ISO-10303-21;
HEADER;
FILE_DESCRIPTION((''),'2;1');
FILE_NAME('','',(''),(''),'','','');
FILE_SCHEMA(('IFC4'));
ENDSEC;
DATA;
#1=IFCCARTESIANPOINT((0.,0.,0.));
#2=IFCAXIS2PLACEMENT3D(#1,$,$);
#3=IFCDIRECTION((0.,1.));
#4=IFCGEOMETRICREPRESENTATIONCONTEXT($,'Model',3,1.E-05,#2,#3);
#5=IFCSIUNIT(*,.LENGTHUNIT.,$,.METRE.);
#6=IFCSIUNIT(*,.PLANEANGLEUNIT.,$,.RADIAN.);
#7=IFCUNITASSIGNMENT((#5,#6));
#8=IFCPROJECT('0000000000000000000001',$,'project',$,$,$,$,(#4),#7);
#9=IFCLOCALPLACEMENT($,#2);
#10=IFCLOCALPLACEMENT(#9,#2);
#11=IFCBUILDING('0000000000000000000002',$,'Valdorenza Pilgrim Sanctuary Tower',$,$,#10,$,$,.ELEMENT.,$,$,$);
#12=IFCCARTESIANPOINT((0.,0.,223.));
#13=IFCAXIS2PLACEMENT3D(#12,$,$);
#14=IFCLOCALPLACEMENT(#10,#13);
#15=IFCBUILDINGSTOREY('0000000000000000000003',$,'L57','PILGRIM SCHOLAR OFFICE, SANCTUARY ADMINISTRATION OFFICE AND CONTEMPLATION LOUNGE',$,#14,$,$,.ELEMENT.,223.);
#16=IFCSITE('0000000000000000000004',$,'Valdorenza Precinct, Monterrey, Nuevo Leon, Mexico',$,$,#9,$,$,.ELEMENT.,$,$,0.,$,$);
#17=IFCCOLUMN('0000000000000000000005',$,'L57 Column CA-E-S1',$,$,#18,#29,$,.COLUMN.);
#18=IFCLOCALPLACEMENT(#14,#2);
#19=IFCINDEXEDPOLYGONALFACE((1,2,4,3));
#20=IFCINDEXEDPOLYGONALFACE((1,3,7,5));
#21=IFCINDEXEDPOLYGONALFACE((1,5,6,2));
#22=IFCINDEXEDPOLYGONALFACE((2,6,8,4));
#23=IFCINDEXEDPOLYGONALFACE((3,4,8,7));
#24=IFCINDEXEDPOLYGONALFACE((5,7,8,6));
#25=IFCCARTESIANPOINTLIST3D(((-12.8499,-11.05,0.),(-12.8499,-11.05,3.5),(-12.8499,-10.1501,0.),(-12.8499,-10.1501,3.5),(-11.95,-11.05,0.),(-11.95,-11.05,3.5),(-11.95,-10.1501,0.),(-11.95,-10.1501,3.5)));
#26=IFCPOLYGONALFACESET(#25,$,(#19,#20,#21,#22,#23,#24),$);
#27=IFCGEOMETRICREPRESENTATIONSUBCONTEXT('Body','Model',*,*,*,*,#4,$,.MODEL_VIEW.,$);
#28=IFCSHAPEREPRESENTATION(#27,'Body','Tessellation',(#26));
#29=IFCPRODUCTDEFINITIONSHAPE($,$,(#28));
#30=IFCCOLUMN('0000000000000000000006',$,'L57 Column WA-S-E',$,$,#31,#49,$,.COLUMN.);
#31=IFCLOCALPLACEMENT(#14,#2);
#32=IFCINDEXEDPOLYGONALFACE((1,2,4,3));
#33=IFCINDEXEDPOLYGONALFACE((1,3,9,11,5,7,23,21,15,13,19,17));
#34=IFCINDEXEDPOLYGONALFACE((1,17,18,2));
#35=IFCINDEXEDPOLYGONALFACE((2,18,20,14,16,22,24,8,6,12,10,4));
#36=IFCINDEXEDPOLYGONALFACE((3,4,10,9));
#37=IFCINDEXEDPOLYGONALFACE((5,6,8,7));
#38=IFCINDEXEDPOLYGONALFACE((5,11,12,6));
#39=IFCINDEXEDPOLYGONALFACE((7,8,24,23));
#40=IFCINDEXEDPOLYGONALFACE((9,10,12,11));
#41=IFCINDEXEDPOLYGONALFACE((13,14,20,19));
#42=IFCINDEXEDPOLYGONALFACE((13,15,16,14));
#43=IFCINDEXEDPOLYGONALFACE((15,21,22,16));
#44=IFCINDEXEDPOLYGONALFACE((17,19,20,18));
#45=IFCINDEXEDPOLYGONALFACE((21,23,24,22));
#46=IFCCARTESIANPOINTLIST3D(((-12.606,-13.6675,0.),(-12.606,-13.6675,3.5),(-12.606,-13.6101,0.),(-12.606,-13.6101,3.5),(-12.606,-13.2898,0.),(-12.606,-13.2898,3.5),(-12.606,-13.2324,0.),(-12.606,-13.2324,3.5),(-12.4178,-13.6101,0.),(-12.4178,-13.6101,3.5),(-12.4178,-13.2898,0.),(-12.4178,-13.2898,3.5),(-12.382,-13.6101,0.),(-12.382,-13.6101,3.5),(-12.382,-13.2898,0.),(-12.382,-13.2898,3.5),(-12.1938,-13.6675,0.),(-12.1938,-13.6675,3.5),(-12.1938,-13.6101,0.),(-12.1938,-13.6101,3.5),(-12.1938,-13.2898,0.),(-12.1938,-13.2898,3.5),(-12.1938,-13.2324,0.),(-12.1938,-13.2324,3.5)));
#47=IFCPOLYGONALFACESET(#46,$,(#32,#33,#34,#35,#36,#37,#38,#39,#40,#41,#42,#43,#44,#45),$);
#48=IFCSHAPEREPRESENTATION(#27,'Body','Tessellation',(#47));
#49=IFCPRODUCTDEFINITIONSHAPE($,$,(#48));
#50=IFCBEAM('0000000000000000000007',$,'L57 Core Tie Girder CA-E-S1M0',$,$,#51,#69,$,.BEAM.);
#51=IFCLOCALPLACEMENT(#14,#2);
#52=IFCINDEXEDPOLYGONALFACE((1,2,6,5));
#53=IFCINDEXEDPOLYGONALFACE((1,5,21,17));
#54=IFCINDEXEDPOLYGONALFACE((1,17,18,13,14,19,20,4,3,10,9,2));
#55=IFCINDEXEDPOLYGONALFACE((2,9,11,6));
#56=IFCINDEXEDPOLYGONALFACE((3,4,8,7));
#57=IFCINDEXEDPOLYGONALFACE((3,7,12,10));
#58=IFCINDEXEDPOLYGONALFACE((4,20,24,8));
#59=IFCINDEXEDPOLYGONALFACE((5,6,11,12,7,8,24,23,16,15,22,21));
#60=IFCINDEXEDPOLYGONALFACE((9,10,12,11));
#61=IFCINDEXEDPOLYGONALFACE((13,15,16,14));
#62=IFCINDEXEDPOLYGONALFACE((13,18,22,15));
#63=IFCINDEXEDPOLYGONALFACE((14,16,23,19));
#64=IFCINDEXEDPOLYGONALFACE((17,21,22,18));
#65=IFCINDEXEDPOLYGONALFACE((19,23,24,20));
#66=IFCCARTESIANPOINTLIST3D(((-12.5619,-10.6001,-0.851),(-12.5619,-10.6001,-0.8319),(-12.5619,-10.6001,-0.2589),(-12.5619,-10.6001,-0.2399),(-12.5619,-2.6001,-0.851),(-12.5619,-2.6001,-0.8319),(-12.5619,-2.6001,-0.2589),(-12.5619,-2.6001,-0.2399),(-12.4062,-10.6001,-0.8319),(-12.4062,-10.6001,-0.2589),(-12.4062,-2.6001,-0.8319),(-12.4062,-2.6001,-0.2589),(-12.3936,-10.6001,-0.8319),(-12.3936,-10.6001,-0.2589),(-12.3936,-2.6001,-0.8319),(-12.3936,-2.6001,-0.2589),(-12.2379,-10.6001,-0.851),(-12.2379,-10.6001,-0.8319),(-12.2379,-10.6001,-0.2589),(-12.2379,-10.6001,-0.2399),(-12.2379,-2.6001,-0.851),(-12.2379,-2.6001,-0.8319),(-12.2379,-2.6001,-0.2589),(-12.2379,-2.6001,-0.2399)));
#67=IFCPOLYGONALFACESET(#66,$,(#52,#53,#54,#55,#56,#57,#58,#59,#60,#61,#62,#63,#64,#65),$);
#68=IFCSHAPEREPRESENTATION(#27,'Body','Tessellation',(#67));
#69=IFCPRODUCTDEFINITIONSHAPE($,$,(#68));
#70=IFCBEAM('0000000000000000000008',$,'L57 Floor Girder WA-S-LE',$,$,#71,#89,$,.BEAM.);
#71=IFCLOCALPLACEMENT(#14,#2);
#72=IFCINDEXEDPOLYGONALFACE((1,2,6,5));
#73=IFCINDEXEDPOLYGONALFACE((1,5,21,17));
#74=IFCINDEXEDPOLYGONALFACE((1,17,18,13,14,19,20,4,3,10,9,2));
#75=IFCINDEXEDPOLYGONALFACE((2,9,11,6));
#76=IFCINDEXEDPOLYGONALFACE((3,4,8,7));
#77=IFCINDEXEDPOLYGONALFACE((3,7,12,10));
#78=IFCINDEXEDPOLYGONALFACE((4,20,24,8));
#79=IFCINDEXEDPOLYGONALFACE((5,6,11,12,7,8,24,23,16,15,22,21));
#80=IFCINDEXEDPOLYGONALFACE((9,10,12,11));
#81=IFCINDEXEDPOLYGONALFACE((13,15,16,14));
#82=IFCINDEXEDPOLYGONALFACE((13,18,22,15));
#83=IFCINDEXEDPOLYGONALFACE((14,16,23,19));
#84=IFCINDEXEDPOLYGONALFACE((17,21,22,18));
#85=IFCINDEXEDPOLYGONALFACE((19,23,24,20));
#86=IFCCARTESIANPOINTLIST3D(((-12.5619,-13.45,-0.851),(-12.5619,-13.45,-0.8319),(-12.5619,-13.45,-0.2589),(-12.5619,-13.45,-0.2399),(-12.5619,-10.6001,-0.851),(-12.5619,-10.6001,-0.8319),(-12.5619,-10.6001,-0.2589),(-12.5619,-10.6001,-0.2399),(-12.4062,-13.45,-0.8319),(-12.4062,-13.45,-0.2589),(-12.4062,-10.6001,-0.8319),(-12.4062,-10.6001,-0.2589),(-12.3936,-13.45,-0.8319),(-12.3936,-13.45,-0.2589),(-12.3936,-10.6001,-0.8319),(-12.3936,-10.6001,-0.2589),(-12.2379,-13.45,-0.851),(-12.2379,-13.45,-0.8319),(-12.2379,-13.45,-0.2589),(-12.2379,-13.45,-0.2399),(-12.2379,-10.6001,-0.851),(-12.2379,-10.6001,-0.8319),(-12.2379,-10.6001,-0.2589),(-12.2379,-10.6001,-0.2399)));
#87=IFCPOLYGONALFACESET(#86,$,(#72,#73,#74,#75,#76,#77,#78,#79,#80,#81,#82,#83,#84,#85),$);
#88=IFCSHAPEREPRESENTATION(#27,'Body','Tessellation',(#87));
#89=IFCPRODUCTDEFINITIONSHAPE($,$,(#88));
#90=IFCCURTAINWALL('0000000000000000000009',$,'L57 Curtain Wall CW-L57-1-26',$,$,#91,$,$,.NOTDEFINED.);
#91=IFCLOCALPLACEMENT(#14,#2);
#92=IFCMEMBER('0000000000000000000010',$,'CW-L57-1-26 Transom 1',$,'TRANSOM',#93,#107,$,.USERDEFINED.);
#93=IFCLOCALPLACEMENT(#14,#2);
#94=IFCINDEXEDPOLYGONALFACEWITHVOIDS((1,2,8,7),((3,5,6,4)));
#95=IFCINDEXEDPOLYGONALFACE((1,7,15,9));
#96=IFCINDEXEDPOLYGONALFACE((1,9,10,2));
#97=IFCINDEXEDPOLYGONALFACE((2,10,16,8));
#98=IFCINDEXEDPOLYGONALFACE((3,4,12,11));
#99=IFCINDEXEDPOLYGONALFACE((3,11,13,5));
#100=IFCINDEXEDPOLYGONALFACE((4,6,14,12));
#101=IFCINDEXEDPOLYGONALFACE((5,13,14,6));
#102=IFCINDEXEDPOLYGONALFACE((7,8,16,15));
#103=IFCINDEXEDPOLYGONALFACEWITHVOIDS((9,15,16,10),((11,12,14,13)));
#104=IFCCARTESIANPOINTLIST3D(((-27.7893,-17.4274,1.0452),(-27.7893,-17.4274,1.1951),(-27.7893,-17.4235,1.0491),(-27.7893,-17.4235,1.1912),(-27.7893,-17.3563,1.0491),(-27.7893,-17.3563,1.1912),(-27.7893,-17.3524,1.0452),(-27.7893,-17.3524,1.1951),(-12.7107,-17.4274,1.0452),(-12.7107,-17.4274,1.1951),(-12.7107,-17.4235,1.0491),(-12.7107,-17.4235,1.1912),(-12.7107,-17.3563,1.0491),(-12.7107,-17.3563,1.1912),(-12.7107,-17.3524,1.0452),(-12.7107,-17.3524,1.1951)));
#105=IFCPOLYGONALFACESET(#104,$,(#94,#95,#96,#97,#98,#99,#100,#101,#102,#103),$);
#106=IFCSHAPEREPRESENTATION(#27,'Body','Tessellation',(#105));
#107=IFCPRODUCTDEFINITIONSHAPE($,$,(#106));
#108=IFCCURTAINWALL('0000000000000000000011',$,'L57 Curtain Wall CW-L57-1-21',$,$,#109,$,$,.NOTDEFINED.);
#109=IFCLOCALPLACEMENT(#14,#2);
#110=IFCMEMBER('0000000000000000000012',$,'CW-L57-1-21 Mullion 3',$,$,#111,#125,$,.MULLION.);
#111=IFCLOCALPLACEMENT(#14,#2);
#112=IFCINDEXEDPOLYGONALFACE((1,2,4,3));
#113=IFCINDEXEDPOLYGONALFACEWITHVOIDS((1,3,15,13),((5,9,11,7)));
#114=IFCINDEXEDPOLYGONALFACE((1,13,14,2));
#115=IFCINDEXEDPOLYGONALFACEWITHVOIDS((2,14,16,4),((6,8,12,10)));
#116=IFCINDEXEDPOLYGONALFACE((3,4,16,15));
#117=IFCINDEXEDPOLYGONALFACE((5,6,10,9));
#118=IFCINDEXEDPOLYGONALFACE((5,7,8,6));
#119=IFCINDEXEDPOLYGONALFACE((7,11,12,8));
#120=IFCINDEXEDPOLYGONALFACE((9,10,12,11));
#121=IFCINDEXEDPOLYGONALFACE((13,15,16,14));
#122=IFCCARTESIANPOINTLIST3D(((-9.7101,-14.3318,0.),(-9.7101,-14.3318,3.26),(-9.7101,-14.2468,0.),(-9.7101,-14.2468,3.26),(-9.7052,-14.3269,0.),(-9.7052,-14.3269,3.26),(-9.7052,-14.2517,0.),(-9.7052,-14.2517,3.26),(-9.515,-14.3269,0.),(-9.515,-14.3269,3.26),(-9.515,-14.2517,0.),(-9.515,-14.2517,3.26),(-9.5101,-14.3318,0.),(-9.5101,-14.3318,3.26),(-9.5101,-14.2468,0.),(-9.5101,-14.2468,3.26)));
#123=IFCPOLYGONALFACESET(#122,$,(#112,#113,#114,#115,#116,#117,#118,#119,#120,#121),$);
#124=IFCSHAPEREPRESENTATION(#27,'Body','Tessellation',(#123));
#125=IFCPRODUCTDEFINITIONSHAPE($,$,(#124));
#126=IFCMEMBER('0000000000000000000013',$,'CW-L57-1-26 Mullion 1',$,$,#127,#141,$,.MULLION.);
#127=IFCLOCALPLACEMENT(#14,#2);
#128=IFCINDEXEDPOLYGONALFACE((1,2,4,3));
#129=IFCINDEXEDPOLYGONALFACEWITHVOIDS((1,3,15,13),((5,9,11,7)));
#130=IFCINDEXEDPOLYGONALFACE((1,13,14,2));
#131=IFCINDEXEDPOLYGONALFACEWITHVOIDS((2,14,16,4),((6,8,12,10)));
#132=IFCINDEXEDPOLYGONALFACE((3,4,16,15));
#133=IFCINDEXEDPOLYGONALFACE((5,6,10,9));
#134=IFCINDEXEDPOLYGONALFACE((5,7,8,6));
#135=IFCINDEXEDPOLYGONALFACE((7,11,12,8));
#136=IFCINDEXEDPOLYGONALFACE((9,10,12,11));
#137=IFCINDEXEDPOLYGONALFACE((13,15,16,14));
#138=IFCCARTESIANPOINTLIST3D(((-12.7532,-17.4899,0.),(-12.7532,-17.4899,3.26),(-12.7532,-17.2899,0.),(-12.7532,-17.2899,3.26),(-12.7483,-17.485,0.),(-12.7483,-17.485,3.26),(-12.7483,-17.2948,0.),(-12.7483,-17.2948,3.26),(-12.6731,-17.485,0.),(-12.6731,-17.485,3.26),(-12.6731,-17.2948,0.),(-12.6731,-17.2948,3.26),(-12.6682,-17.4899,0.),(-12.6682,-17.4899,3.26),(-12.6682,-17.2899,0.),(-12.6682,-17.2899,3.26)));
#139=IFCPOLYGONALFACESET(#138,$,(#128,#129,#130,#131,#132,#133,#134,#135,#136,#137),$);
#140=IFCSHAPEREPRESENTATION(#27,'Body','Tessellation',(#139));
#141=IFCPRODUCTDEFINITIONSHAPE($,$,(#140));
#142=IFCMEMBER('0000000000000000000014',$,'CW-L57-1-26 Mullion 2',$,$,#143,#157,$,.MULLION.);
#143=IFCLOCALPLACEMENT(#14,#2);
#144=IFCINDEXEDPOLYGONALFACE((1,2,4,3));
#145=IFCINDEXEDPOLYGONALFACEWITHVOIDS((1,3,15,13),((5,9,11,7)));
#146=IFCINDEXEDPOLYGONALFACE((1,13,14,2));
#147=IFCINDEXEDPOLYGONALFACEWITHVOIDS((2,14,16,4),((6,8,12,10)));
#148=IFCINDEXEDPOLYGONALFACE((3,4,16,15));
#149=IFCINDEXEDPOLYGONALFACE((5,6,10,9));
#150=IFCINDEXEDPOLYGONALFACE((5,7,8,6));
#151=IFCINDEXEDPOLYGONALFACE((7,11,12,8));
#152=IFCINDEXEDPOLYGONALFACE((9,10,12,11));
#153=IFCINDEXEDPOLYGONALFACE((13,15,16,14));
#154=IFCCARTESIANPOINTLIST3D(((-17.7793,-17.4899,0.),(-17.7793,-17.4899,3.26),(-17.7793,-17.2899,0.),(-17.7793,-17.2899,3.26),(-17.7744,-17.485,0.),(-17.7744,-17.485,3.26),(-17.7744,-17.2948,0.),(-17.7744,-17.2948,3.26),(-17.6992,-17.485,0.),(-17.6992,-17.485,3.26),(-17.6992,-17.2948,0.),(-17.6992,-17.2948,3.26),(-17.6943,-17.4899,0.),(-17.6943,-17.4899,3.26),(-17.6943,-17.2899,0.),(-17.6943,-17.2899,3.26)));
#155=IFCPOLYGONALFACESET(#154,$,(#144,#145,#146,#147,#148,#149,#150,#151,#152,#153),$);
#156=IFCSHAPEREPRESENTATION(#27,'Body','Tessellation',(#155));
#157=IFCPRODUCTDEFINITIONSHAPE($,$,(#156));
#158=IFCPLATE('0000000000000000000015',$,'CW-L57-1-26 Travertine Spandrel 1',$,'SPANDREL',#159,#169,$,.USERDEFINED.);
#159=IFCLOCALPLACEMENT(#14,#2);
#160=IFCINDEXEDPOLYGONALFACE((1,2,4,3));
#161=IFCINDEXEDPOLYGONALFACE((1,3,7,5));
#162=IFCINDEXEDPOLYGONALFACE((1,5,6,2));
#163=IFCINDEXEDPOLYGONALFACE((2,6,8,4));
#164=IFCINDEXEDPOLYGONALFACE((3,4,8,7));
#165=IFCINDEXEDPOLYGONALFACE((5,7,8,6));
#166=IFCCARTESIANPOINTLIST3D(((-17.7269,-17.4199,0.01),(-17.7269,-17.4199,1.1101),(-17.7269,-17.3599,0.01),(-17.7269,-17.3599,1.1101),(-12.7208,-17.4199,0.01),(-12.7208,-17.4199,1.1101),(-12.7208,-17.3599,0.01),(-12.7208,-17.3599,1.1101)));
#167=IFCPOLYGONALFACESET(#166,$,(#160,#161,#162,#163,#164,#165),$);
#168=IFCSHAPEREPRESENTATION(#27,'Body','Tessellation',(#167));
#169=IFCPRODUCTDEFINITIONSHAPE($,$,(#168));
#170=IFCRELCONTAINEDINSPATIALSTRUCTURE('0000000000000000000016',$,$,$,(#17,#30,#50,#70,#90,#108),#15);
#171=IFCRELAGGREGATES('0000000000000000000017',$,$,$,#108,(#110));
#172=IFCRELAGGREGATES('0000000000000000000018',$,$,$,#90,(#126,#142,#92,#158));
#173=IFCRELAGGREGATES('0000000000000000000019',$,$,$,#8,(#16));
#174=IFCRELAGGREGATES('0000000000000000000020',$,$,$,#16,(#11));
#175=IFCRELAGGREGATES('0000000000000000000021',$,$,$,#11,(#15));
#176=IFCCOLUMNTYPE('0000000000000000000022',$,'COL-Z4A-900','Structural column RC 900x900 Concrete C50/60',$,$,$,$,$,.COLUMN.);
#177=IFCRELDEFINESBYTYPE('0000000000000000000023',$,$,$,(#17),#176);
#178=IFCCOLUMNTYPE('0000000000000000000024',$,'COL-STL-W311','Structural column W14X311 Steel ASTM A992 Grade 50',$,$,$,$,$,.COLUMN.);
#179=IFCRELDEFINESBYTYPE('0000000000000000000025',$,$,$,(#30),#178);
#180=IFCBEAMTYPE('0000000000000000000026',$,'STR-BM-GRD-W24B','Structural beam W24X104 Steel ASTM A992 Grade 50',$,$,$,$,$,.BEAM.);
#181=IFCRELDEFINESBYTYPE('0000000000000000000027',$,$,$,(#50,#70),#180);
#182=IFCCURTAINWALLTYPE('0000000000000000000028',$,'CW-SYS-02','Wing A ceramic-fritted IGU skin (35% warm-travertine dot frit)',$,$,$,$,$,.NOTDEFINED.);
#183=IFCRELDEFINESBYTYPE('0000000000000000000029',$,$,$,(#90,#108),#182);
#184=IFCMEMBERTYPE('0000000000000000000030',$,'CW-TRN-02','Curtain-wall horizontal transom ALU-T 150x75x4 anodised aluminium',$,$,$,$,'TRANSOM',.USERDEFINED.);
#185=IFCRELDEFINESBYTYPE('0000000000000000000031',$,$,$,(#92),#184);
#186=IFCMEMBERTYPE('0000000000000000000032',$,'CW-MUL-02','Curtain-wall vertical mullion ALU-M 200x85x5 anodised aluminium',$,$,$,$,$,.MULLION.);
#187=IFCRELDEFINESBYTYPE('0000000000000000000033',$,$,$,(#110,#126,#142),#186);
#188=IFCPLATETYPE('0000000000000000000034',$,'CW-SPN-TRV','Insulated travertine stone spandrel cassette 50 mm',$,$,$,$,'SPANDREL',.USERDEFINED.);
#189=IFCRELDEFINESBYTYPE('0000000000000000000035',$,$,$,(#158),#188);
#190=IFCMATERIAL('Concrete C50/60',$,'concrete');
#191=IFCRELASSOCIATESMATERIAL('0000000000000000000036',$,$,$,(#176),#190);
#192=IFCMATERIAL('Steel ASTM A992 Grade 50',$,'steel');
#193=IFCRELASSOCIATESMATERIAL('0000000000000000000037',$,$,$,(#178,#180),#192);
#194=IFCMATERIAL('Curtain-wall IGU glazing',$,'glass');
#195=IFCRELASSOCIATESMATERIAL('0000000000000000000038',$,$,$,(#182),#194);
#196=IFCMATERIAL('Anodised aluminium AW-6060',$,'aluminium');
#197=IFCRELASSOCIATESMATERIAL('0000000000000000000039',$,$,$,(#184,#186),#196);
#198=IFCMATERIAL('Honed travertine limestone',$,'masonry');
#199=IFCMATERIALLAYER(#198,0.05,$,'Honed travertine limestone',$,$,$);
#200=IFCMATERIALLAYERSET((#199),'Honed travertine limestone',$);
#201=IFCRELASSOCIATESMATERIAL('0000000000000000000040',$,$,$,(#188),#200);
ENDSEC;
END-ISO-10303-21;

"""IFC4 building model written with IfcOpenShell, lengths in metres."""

from ifc_helpers import new_model, si_unit, direction, frame, origin, origin_2d, place, context, subcontext, project, spatial, rectangle, hollow_rectangle, i_section, extrude, source, transform, mapped, material, layer, layer_set, material_profile, profile_set, type_object, element, aggregate, save


model = new_model("IFC4")

# Units and contexts
model_context = context("Model", 3, precision=1e-05, world=origin(), true_north=direction((0.0, 1.0)))
body_context = subcontext(model_context, "Body", "Model", "MODEL_VIEW")
ifc_project = project(units=[si_unit("LENGTHUNIT", "METRE"), si_unit("PLANEANGLEUNIT", "RADIAN")], contexts=[model_context])

# Site, building, storey
site_placement = place(None, origin())
site = spatial("IfcSite", under=ifc_project, at=site_placement, Name="Valdorenza Precinct, Monterrey, Nuevo Leon, Mexico", CompositionType="ELEMENT", RefElevation=0.0)
building_placement = place(site_placement, origin())
building = spatial("IfcBuilding", under=site, at=building_placement, Name="Valdorenza Pilgrim Sanctuary Tower", CompositionType="ELEMENT")
storey_placement = place(building_placement, frame((0.0, 0.0, 223.0)))
storey = spatial("IfcBuildingStorey", under=building, at=storey_placement, Name="L57", Description="PILGRIM SCHOLAR OFFICE, SANCTUARY ADMINISTRATION OFFICE AND CONTEMPLATION LOUNGE", CompositionType="ELEMENT", Elevation=223.0)

# Columns
ifc_material_1 = material(Name="Concrete C50/60", Category="concrete")
ifc_material_profile_1 = material_profile(ifc_material_1, rectangle(XDim=0.8999, YDim=0.8999, at=origin_2d()), Name="RC 900x900")
ifc_profile_set_1 = profile_set([ifc_material_profile_1], Name="Concrete C50/60")
column_type_1 = type_object("IfcColumnType", Name="COL-Z4A-900", Description="Structural column RC 900x900 Concrete C50/60", PredefinedType="COLUMN", material=ifc_profile_set_1)
shared_shape_1 = source(origin(), body_context, "Body", "SweptSolid", [
    extrude(rectangle(XDim=0.8999, YDim=0.8999, at=origin_2d()), origin(), (0.0, 0.0, 1.0), 3.5),
])
column_1_placement = place(storey_placement, frame((-12.3999, -10.6001, 0.0), z_axis=(0.0, 0.0, 1.0), x_axis=(1.0, 0.0, 0.0)))
element("IfcColumn", 1, at=column_1_placement, inside=storey, type_object=column_type_1, Name="L57 Column CA-E-S1", PredefinedType="COLUMN", context=body_context, shape_type="MappedRepresentation", body=[
    mapped(shared_shape_1, transform((0.0, 0.0, 0.0), x_axis=(1.0, 0.0, 0.0), y_axis=(0.0, 1.0, 0.0), z_axis=(0.0, 0.0, 1.0), scale=1.0)),
])
ifc_material_2 = material(Name="Steel ASTM A992 Grade 50", Category="steel")
ifc_material_profile_2 = material_profile(ifc_material_2, i_section(OverallWidth=0.4121, OverallDepth=0.4351, WebThickness=0.0359, FlangeThickness=0.0574, at=origin_2d()), Name="W14X311")
ifc_profile_set_2 = profile_set([ifc_material_profile_2], Name="Steel ASTM A992 Grade 50")
column_type_2 = type_object("IfcColumnType", Name="COL-STL-W311", Description="Structural column W14X311 Steel ASTM A992 Grade 50", PredefinedType="COLUMN", material=ifc_profile_set_2)
shared_shape_2 = source(origin(), body_context, "Body", "SweptSolid", [
    extrude(i_section(OverallWidth=0.4121, OverallDepth=0.4351, WebThickness=0.0359, FlangeThickness=0.0574, at=origin_2d()), origin(), (0.0, 0.0, 1.0), 3.5),
])
column_2_placement = place(storey_placement, frame((-12.3999, -13.45, 0.0), z_axis=(0.0, 0.0, 1.0), x_axis=(1.0, 0.0, 0.0)))
element("IfcColumn", 2, at=column_2_placement, inside=storey, type_object=column_type_2, Name="L57 Column WA-S-E", PredefinedType="COLUMN", context=body_context, shape_type="MappedRepresentation", body=[
    mapped(shared_shape_2, transform((0.0, 0.0, 0.0), x_axis=(1.0, 0.0, 0.0), y_axis=(0.0, 1.0, 0.0), z_axis=(0.0, 0.0, 1.0), scale=1.0)),
])

# Beams
ifc_material_profile_3 = material_profile(ifc_material_2, i_section(OverallWidth=0.324, OverallDepth=0.6111, WebThickness=0.0127, FlangeThickness=0.019, at=origin_2d()), Name="W24X104")
ifc_profile_set_3 = profile_set([ifc_material_profile_3], Name="Steel ASTM A992 Grade 50")
beam_type = type_object("IfcBeamType", Name="STR-BM-GRD-W24B", Description="Structural beam W24X104 Steel ASTM A992 Grade 50", PredefinedType="BEAM", material=ifc_profile_set_3)
shared_shape_3 = source(origin(), body_context, "Body", "SweptSolid", [
    extrude(i_section(OverallWidth=0.324, OverallDepth=0.6111, WebThickness=0.0127, FlangeThickness=0.019, at=origin_2d()), origin(), (0.0, 0.0, 1.0), 8.0),
])
beam_1_placement = place(storey_placement, frame((-12.3999, -10.6001, -0.5454), z_axis=(0.0, 1.0, 0.0), x_axis=(-1.0, 0.0, 0.0)))
element("IfcBeam", 3, at=beam_1_placement, inside=storey, type_object=beam_type, Name="L57 Core Tie Girder CA-E-S1M0", PredefinedType="BEAM", context=body_context, shape_type="MappedRepresentation", body=[
    mapped(shared_shape_3, transform((0.0, 0.0, 0.0), x_axis=(1.0, 0.0, 0.0), y_axis=(0.0, 1.0, 0.0), z_axis=(0.0, 0.0, 1.0), scale=1.0)),
])
shared_shape_4 = source(origin(), body_context, "Body", "SweptSolid", [
    extrude(i_section(OverallWidth=0.324, OverallDepth=0.6111, WebThickness=0.0127, FlangeThickness=0.019, at=origin_2d()), origin(), (0.0, 0.0, 1.0), 2.8499),
])
beam_2_placement = place(storey_placement, frame((-12.3999, -13.45, -0.5454), z_axis=(0.0, 1.0, 0.0), x_axis=(-1.0, 0.0, 0.0)))
element("IfcBeam", 4, at=beam_2_placement, inside=storey, type_object=beam_type, Name="L57 Floor Girder WA-S-LE", PredefinedType="BEAM", context=body_context, shape_type="MappedRepresentation", body=[
    mapped(shared_shape_4, transform((0.0, 0.0, 0.0), x_axis=(1.0, 0.0, 0.0), y_axis=(0.0, 1.0, 0.0), z_axis=(0.0, 0.0, 1.0), scale=1.0)),
])

# Curtain walls, members
ifc_material_3 = material(Name="Curtain-wall IGU glazing", Category="glass")
curtain_wall_type = type_object("IfcCurtainWallType", Name="CW-SYS-02", Description="Wing A ceramic-fritted IGU skin (35% warm-travertine dot frit)", PredefinedType="NOTDEFINED", material=ifc_material_3)
curtain_wall_1_placement = place(storey_placement, origin())
curtain_wall_1 = element("IfcCurtainWall", 5, at=curtain_wall_1_placement, inside=storey, type_object=curtain_wall_type, Name="L57 Curtain Wall CW-L57-1-26", PredefinedType="NOTDEFINED")
ifc_material_4 = material(Name="Anodised aluminium AW-6060", Category="aluminium")
ifc_material_profile_4 = material_profile(ifc_material_4, hollow_rectangle(XDim=0.075, YDim=0.1499, WallThickness=0.0039, at=origin_2d()), Name="ALU-T 150x75x4")
ifc_profile_set_4 = profile_set([ifc_material_profile_4], Name="Anodised aluminium AW-6060")
member_type_1 = type_object("IfcMemberType", Name="CW-TRN-02", Description="Curtain-wall horizontal transom ALU-T 150x75x4 anodised aluminium", ElementType="TRANSOM", PredefinedType="USERDEFINED", material=ifc_profile_set_4)
shared_shape_5 = source(origin(), body_context, "Body", "SweptSolid", [
    extrude(hollow_rectangle(XDim=0.075, YDim=0.1499, WallThickness=0.0039, at=origin_2d()), origin(), (0.0, 0.0, 1.0), 15.0786),
])
member_1_placement = place(storey_placement, frame((-12.7107, -17.3899, 1.1201), z_axis=(-1.0, 0.0, 0.0), x_axis=(0.0, -1.0, 0.0)))
member_1 = element("IfcMember", 6, at=member_1_placement, type_object=member_type_1, Name="CW-L57-1-26 Transom 1", ObjectType="TRANSOM", PredefinedType="USERDEFINED", context=body_context, shape_type="MappedRepresentation", body=[
    mapped(shared_shape_5, transform((0.0, 0.0, 0.0), x_axis=(1.0, 0.0, 0.0), y_axis=(0.0, 1.0, 0.0), z_axis=(0.0, 0.0, 1.0), scale=1.0)),
])
curtain_wall_2_placement = place(storey_placement, origin())
curtain_wall_2 = element("IfcCurtainWall", 7, at=curtain_wall_2_placement, inside=storey, type_object=curtain_wall_type, Name="L57 Curtain Wall CW-L57-1-21", PredefinedType="NOTDEFINED")
ifc_material_profile_5 = material_profile(ifc_material_4, hollow_rectangle(XDim=0.085, YDim=0.2, WallThickness=0.0049, at=origin_2d()), Name="ALU-M 200x85x5")
ifc_profile_set_5 = profile_set([ifc_material_profile_5], Name="Anodised aluminium AW-6060")
member_type_2 = type_object("IfcMemberType", Name="CW-MUL-02", Description="Curtain-wall vertical mullion ALU-M 200x85x5 anodised aluminium", PredefinedType="MULLION", material=ifc_profile_set_5)
shared_shape_6 = source(origin(), body_context, "Body", "SweptSolid", [
    extrude(hollow_rectangle(XDim=0.085, YDim=0.2, WallThickness=0.0049, at=origin_2d()), origin(), (0.0, 0.0, 1.0), 3.26),
])
member_2_placement = place(storey_placement, frame((-9.6101, -14.2893, 0.0), z_axis=(0.0, 0.0, 1.0), x_axis=(0.0, -1.0, 0.0)))
member_2 = element("IfcMember", 8, at=member_2_placement, type_object=member_type_2, Name="CW-L57-1-21 Mullion 3", PredefinedType="MULLION", context=body_context, shape_type="MappedRepresentation", body=[
    mapped(shared_shape_6, transform((0.0, 0.0, 0.0), x_axis=(1.0, 0.0, 0.0), y_axis=(0.0, 1.0, 0.0), z_axis=(0.0, 0.0, 1.0), scale=1.0)),
])

# Members
member_3_placement = place(storey_placement, frame((-12.7107, -17.3899, 0.0), z_axis=(0.0, 0.0, 1.0), x_axis=(-1.0, 0.0, 0.0)))
member_3 = element("IfcMember", 9, at=member_3_placement, type_object=member_type_2, Name="CW-L57-1-26 Mullion 1", PredefinedType="MULLION", context=body_context, shape_type="MappedRepresentation", body=[
    mapped(shared_shape_6, transform((0.0, 0.0, 0.0), x_axis=(1.0, 0.0, 0.0), y_axis=(0.0, 1.0, 0.0), z_axis=(0.0, 0.0, 1.0), scale=1.0)),
])
member_4_placement = place(storey_placement, frame((-17.7368, -17.3899, 0.0), z_axis=(0.0, 0.0, 1.0), x_axis=(-1.0, 0.0, 0.0)))
member_4 = element("IfcMember", 10, at=member_4_placement, type_object=member_type_2, Name="CW-L57-1-26 Mullion 2", PredefinedType="MULLION", context=body_context, shape_type="MappedRepresentation", body=[
    mapped(shared_shape_6, transform((0.0, 0.0, 0.0), x_axis=(1.0, 0.0, 0.0), y_axis=(0.0, 1.0, 0.0), z_axis=(0.0, 0.0, 1.0), scale=1.0)),
])

# Plate
ifc_material_5 = material(Name="Honed travertine limestone", Category="masonry")
ifc_layer_1 = layer(ifc_material_5, 0.05, Name="Honed travertine limestone")
ifc_layer_set_1 = layer_set([ifc_layer_1], Name="Honed travertine limestone")
plate_type_1 = type_object("IfcPlateType", Name="CW-SPN-TRV", Description="Insulated travertine stone spandrel cassette 50 mm", ElementType="SPANDREL", PredefinedType="USERDEFINED", material=ifc_layer_set_1)
shared_shape_7 = source(origin(), body_context, "Body", "SweptSolid", [
    extrude(rectangle(XDim=5.0061, YDim=0.0601, at=origin_2d()), origin(), (0.0, 0.0, 1.0), 1.1001),
])
plate_1_placement = place(storey_placement, frame((-15.2239, -17.3899, 0.01), z_axis=(0.0, 0.0, 1.0), x_axis=(-1.0, 0.0, 0.0)))
plate_1 = element("IfcPlate", 11, at=plate_1_placement, type_object=plate_type_1, Name="CW-L57-1-26 Travertine Spandrel 1", ObjectType="SPANDREL", PredefinedType="USERDEFINED", context=body_context, shape_type="MappedRepresentation", body=[
    mapped(shared_shape_7, transform((0.0, 0.0, 0.0), x_axis=(1.0, 0.0, 0.0), y_axis=(0.0, 1.0, 0.0), z_axis=(0.0, 0.0, 1.0), scale=1.0)),
])
aggregate(curtain_wall_2, [member_2])
aggregate(curtain_wall_1, [member_3, member_4, member_1, plate_1])

save(model, "model.ifc")
